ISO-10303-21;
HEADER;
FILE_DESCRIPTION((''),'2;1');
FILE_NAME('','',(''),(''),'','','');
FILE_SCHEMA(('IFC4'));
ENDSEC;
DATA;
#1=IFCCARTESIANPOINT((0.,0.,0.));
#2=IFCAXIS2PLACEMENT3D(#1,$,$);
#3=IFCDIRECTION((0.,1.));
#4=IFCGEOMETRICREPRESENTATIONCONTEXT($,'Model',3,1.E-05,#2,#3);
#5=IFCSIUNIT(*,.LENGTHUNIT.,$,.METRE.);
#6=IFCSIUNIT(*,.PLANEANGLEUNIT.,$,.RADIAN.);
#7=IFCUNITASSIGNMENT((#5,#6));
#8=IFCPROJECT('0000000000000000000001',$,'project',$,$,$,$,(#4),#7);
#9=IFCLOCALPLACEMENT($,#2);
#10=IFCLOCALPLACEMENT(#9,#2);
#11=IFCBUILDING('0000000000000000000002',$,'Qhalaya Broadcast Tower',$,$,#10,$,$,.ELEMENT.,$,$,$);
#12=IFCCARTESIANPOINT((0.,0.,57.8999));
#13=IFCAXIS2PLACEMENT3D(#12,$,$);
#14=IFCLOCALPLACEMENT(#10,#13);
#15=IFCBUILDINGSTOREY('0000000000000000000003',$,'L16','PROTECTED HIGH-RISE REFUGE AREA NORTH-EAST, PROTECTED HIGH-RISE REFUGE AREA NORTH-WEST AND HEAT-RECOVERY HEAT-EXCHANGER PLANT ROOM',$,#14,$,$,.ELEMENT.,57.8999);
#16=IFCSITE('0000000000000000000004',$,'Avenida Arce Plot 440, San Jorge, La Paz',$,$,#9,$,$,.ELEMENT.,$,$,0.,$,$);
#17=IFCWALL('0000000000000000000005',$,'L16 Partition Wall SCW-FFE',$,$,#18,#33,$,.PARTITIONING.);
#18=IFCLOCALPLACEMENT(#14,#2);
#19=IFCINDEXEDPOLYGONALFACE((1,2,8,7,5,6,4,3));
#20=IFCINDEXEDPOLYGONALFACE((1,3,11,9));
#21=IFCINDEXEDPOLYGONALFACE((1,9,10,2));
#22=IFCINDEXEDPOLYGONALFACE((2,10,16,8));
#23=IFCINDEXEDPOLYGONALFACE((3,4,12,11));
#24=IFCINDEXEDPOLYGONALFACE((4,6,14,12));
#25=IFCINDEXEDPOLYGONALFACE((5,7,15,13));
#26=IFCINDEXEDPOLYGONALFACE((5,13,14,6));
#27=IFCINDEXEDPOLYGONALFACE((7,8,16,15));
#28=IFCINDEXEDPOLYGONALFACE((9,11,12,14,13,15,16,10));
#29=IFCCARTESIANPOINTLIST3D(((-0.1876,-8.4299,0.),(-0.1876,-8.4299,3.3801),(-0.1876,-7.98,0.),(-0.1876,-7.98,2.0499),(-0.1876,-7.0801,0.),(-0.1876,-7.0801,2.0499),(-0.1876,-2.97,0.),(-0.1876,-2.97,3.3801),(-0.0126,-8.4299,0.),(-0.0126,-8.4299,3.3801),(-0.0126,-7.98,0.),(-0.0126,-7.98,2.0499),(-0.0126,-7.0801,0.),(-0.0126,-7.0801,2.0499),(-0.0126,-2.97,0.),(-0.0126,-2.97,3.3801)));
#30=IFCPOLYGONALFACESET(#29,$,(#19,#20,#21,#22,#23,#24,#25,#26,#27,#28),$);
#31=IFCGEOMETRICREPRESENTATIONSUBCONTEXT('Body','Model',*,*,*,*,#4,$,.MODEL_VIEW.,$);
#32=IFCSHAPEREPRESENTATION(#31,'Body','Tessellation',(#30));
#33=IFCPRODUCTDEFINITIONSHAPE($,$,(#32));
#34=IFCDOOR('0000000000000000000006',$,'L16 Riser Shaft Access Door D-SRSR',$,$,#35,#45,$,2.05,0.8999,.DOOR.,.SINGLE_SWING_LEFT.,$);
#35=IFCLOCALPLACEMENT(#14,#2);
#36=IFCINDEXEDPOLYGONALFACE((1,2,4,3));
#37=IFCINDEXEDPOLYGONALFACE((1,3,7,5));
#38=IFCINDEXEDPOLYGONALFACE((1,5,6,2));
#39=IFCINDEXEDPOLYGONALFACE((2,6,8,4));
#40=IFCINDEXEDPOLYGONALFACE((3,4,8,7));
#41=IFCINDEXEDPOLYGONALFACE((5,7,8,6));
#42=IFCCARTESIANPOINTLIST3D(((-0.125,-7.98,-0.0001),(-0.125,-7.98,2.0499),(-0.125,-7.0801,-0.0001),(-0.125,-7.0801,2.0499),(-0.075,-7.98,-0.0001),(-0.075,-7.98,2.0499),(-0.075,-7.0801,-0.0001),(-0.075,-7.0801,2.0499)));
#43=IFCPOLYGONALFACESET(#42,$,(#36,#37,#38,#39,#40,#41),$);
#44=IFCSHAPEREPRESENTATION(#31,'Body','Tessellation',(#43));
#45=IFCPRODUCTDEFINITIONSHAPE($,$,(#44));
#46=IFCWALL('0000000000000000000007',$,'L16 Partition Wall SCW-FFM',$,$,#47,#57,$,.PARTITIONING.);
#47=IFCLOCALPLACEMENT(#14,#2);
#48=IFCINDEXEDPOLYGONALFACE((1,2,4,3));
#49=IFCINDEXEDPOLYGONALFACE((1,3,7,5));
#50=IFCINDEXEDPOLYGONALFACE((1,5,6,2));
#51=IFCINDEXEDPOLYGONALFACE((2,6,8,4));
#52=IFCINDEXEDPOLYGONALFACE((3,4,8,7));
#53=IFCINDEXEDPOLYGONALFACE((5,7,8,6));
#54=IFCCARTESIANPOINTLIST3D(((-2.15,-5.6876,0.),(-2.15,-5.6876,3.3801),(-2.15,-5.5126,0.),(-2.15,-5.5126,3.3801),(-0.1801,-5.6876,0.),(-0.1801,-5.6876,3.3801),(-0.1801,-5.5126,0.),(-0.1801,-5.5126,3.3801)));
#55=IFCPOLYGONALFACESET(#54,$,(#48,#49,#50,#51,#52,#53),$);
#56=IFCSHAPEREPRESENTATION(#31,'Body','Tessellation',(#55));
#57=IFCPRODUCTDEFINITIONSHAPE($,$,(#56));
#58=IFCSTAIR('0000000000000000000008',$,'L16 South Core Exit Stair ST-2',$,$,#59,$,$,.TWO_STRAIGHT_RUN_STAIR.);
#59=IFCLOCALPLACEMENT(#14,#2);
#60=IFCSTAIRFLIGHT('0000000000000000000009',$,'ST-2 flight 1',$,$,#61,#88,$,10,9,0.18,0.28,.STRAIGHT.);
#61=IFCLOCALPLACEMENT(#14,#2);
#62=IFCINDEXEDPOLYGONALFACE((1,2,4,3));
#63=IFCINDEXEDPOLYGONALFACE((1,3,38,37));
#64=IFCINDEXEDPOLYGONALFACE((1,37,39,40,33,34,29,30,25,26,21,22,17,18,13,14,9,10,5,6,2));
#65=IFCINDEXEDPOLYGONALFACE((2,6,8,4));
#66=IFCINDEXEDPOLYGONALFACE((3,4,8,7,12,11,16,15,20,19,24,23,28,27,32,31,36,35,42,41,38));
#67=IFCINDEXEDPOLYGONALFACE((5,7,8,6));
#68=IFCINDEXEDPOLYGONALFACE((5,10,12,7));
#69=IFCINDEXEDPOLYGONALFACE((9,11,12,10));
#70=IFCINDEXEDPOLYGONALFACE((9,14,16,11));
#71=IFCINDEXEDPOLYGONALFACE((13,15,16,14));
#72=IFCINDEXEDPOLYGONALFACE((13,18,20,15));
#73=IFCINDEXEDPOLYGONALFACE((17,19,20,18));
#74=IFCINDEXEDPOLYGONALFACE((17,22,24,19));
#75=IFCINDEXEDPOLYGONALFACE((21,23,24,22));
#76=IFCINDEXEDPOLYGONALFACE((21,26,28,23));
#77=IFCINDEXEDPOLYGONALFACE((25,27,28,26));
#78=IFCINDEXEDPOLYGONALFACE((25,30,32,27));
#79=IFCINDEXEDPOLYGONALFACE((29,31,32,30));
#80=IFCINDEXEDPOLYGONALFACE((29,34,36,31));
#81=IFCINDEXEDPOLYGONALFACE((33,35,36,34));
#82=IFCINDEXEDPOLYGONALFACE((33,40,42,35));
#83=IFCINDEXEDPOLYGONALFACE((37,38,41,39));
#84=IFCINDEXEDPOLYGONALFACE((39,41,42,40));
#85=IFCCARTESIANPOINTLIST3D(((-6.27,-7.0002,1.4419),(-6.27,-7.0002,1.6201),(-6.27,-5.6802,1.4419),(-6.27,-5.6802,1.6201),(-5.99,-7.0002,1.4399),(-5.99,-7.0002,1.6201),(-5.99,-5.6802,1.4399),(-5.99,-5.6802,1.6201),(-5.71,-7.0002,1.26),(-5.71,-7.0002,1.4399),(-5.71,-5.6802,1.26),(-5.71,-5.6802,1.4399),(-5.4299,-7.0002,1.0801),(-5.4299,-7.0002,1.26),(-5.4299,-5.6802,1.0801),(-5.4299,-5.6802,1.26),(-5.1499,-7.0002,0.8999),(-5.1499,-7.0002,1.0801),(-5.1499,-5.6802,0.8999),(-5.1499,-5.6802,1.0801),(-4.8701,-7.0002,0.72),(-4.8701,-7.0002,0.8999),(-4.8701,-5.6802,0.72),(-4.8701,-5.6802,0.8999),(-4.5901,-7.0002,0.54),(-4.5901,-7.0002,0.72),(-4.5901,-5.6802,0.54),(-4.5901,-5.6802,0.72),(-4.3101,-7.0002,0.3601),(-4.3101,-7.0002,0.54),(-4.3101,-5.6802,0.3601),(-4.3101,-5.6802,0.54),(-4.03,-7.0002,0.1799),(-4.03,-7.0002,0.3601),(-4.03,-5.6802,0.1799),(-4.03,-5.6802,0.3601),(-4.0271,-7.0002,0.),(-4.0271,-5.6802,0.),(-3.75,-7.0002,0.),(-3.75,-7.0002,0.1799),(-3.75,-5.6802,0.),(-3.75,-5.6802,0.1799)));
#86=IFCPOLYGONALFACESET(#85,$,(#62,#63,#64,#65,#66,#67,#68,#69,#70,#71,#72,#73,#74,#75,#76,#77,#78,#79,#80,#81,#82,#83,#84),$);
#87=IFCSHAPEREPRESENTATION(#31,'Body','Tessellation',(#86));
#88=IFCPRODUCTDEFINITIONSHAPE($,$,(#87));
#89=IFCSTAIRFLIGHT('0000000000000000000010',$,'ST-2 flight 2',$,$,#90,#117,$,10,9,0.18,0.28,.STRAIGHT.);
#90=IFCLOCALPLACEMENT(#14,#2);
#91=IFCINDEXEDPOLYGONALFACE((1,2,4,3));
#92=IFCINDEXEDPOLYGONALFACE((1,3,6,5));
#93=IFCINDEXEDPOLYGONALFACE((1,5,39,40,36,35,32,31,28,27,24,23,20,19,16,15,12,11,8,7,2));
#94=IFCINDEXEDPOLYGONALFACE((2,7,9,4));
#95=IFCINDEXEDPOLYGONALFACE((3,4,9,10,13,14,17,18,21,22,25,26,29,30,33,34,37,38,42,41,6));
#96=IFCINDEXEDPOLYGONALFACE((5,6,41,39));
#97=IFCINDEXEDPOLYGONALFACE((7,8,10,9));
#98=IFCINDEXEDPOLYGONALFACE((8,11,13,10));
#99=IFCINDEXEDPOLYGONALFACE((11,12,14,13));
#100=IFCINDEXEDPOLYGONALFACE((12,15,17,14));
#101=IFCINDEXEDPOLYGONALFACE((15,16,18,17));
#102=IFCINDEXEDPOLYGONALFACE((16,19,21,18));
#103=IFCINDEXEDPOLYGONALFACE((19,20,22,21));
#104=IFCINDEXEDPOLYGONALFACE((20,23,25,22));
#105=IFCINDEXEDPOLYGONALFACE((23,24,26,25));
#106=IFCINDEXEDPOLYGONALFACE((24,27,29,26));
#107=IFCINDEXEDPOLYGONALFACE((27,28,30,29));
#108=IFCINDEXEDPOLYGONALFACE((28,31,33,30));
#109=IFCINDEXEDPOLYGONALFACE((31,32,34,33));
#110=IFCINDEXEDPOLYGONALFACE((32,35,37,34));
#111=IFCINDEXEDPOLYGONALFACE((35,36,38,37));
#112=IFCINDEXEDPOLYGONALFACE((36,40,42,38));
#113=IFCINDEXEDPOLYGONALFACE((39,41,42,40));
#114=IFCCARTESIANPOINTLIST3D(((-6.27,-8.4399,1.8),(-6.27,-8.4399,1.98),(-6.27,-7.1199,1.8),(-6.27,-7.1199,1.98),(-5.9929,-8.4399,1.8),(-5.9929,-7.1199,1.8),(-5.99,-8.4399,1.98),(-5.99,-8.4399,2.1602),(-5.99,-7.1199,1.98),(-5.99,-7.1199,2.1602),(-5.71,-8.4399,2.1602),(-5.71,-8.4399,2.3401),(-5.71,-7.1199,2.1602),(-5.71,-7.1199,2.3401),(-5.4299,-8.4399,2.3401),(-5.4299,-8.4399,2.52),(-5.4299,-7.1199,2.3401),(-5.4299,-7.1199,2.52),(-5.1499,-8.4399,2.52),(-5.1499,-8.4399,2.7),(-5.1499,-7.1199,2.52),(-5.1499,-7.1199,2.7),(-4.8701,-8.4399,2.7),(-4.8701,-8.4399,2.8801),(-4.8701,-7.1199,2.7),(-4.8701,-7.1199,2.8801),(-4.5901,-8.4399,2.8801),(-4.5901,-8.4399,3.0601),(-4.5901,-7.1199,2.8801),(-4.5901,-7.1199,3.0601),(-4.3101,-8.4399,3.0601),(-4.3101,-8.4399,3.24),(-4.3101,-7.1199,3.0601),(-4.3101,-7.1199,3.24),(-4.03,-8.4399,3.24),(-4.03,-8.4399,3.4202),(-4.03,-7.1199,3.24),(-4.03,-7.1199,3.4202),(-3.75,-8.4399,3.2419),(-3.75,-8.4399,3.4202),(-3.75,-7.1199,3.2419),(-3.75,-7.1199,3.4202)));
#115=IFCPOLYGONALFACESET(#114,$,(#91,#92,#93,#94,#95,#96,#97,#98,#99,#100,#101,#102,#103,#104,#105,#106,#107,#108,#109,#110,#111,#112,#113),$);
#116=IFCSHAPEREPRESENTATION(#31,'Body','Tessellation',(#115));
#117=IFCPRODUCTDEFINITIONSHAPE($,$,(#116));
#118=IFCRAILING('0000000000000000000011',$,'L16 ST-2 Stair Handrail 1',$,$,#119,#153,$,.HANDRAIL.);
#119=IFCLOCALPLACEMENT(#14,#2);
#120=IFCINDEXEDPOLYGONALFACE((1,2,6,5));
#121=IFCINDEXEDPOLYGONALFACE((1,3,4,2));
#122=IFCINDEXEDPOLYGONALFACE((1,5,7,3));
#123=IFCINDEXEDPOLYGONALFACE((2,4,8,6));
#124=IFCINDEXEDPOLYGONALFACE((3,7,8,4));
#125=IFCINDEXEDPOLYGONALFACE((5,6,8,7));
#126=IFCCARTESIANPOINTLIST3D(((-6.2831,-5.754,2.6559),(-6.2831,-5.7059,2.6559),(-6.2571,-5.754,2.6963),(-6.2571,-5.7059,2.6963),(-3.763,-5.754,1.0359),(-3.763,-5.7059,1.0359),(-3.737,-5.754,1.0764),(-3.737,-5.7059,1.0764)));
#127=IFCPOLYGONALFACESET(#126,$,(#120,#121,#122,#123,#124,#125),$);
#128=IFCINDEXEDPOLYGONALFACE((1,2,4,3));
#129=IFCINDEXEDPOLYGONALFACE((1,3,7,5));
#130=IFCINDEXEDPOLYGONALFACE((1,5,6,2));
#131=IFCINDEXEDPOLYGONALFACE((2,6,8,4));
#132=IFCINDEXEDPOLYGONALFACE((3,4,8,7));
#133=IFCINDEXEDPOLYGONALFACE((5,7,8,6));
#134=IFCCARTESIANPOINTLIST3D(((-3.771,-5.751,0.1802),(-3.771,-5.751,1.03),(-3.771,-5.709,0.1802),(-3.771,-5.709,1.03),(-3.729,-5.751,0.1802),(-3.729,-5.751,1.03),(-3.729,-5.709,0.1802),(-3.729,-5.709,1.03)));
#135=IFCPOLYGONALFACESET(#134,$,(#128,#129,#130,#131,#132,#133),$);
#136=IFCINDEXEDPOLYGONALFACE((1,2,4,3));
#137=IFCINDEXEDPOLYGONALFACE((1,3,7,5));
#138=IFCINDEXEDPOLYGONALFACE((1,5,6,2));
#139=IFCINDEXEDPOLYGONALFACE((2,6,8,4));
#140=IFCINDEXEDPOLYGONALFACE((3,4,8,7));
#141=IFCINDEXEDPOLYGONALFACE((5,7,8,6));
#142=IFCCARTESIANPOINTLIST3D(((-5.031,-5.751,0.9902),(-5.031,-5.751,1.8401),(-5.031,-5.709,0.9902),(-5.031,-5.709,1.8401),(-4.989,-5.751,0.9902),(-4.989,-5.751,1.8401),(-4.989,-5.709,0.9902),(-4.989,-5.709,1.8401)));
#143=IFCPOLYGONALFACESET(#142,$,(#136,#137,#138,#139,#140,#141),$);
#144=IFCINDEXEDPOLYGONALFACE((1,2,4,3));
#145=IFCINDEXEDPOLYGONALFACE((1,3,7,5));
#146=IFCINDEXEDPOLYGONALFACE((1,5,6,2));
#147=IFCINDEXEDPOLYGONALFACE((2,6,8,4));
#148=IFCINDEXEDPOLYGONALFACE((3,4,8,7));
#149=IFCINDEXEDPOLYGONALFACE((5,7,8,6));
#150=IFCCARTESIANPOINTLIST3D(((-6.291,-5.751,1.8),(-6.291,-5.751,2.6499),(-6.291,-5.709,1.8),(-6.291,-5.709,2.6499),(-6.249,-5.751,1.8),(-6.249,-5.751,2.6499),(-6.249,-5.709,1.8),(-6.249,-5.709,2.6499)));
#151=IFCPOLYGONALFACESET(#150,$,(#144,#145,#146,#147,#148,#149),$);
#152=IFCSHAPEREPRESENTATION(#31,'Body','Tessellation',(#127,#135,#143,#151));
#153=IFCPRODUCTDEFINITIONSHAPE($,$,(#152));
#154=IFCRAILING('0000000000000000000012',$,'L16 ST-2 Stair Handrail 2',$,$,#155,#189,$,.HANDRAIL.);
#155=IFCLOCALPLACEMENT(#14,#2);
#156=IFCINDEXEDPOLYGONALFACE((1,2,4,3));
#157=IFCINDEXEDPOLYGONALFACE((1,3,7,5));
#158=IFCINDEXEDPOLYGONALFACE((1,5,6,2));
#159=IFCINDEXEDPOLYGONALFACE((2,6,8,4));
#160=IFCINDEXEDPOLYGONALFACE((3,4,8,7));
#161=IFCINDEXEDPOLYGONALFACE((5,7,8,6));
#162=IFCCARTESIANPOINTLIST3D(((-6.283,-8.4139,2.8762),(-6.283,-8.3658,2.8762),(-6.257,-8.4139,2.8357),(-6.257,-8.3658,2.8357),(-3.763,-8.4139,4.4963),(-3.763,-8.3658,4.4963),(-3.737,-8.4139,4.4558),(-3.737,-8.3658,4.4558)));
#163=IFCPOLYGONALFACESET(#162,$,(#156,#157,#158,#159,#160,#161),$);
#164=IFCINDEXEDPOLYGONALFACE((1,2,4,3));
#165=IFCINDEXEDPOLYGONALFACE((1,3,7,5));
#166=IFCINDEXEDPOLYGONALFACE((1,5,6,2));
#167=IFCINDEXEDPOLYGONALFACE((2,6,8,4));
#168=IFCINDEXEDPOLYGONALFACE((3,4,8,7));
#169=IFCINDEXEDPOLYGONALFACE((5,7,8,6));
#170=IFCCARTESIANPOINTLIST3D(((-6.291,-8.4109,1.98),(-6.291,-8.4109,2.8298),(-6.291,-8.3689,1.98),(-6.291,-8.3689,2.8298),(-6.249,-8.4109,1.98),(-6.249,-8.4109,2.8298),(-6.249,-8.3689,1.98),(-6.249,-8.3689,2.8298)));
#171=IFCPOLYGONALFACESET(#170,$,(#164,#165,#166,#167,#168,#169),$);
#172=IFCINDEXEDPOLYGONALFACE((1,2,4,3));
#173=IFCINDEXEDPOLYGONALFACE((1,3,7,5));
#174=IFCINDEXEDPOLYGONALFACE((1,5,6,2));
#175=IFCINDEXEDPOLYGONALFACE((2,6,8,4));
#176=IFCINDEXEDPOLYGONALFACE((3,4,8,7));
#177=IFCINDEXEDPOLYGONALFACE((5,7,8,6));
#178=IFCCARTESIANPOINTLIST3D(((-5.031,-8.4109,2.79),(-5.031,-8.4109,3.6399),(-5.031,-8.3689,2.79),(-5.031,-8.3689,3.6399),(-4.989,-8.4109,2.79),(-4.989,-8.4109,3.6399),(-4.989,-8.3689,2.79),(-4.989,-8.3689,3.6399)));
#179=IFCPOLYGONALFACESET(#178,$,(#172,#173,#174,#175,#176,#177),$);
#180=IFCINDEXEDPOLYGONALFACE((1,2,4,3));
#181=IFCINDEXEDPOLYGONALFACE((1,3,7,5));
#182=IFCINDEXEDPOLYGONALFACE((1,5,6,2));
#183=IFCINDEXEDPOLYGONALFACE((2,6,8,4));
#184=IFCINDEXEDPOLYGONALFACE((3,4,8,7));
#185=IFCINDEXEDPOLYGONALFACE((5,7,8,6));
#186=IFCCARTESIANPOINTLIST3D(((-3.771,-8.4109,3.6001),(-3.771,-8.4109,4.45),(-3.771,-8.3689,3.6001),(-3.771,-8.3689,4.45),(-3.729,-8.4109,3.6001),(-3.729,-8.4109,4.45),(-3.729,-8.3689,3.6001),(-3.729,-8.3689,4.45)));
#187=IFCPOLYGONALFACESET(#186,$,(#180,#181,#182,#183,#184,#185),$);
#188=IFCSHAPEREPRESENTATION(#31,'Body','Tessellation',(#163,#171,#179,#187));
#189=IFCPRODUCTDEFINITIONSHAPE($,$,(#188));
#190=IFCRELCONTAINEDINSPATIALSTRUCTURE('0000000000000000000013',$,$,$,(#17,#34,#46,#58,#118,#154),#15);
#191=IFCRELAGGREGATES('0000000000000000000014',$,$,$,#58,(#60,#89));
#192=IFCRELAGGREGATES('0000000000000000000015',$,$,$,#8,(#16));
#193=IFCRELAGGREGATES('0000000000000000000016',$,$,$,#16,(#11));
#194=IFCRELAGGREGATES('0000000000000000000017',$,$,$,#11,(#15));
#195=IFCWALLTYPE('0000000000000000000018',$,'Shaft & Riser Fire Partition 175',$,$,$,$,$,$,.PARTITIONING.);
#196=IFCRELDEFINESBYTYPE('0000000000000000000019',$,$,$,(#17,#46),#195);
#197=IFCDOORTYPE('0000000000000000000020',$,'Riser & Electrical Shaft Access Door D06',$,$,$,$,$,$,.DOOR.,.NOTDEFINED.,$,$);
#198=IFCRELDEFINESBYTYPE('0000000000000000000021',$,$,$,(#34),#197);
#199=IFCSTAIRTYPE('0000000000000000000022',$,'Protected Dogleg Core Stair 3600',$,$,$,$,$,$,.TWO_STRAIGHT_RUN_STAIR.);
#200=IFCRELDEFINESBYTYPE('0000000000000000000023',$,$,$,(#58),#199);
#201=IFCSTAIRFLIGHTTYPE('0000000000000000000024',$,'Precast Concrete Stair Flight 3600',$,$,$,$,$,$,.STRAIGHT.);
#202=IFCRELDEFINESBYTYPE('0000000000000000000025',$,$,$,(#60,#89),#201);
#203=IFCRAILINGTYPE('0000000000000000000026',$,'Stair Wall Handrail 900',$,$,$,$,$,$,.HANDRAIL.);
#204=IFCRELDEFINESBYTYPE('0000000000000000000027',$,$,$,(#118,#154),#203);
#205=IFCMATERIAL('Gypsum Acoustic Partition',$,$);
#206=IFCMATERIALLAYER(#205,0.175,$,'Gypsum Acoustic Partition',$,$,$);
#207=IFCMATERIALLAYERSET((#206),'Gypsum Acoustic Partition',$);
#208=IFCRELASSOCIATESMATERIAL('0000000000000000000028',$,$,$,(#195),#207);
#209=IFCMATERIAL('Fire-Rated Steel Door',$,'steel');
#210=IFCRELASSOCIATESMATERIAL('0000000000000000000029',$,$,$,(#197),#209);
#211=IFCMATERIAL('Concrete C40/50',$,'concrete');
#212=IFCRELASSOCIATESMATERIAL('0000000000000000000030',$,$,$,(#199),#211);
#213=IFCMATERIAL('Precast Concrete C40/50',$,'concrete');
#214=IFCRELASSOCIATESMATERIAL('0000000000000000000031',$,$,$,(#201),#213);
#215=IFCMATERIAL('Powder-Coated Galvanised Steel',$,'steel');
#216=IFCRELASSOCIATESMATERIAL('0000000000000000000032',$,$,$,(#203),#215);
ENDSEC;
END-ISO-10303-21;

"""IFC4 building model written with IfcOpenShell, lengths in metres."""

from ifc_helpers import new_model, si_unit, direction, frame, frame_2d, origin, origin_2d, place, context, subcontext, project, spatial, polyline, rectangle, outline, extrude, material, layer, layer_set, type_object, element, fill, aggregate, save


model = new_model("IFC4")

# Units and contexts
model_context = context("Model", 3, precision=1e-05, world=origin(), true_north=direction((0.0, 1.0)))
body_context = subcontext(model_context, "Body", "Model", "MODEL_VIEW")
ifc_project = project(units=[si_unit("LENGTHUNIT", "METRE"), si_unit("PLANEANGLEUNIT", "RADIAN")], contexts=[model_context])

# Site, building, storey
site_placement = place(None, origin())
site = spatial("IfcSite", under=ifc_project, at=site_placement, Name="Avenida Arce Plot 440, San Jorge, La Paz", CompositionType="ELEMENT", RefElevation=0.0)
building_placement = place(site_placement, origin())
building = spatial("IfcBuilding", under=site, at=building_placement, Name="Qhalaya Broadcast Tower", CompositionType="ELEMENT")
storey_placement = place(building_placement, frame((0.0, 0.0, 57.8999)))
storey = spatial("IfcBuildingStorey", under=building, at=storey_placement, Name="L16", Description="PROTECTED HIGH-RISE REFUGE AREA NORTH-EAST, PROTECTED HIGH-RISE REFUGE AREA NORTH-WEST AND HEAT-RECOVERY HEAT-EXCHANGER PLANT ROOM", CompositionType="ELEMENT", Elevation=57.8999)

# Shared definitions
ifc_material_1 = material(Name="Gypsum Acoustic Partition")
ifc_material_2 = material(Name="Fire-Rated Steel Door", Category="steel")

# Wall, opening, door
ifc_layer_1 = layer(ifc_material_1, 0.175, Name="Gypsum Acoustic Partition")
ifc_layer_set_1 = layer_set([ifc_layer_1], Name="Gypsum Acoustic Partition")
wall_type_1 = type_object("IfcWallType", Name="Shaft & Riser Fire Partition 175", PredefinedType="PARTITIONING", material=ifc_layer_set_1)
wall_1_placement = place(storey_placement, frame((-0.1001, -8.4299, 0.0), z_axis=(0.0, 0.0, 1.0), x_axis=(0.0, 1.0, 0.0)))
wall_1 = element("IfcWall", 1, at=wall_1_placement, inside=storey, type_object=wall_type_1, Name="L16 Partition Wall SCW-FFE", PredefinedType="PARTITIONING", context=body_context, shape_type="SweptSolid", body=[
    extrude(rectangle(XDim=5.46, YDim=0.175, at=frame_2d((2.73, 0.0))), origin(), (0.0, 0.0, 1.0), 3.3801),
])
opening_1_placement = place(wall_1_placement, frame((0.45, 0.0, 0.0)))
opening_1 = element("IfcOpeningElement", 2, at=opening_1_placement, cuts=wall_1, PredefinedType="OPENING", context=body_context, shape_type="SweptSolid", body=[
    extrude(rectangle(XDim=0.8999, YDim=2.05, at=frame_2d((0.45, 1.0249))), frame((0.0, 0.0996, 0.0), z_axis=(0.0, -1.0, 0.0), x_axis=(1.0, 0.0, 0.0)), (0.0, 0.0, 1.0), 0.199),
])
door_type_1 = type_object("IfcDoorType", Name="Riser & Electrical Shaft Access Door D06", OperationType="NOTDEFINED", PredefinedType="DOOR", material=ifc_material_2)
door_1_placement = place(opening_1_placement, origin())
door_1 = element("IfcDoor", 3, at=door_1_placement, inside=storey, type_object=door_type_1, Name="L16 Riser Shaft Access Door D-SRSR", OperationType="SINGLE_SWING_LEFT", OverallHeight=2.05, OverallWidth=0.8999, PredefinedType="DOOR", context=body_context, shape_type="SweptSolid", body=[
    extrude(rectangle(XDim=0.8999, YDim=2.05, at=frame_2d((0.45, 1.0249))), frame((0.0, 0.0249, 0.0), z_axis=(0.0, -1.0, 0.0), x_axis=(1.0, 0.0, 0.0)), (0.0, 0.0, 1.0), 0.05),
])
fill(opening_1, door_1)

# Wall
wall_2_placement = place(storey_placement, frame((-2.1499, -5.6001, 0.0), z_axis=(0.0, 0.0, 1.0), x_axis=(1.0, 0.0, 0.0)))
element("IfcWall", 4, at=wall_2_placement, inside=storey, type_object=wall_type_1, Name="L16 Partition Wall SCW-FFM", PredefinedType="PARTITIONING", context=body_context, shape_type="SweptSolid", body=[
    extrude(rectangle(XDim=1.97, YDim=0.175, at=frame_2d((0.9849, 0.0))), origin(), (0.0, 0.0, 1.0), 3.3801),
])

# Stair, stair flights
ifc_material_3 = material(Name="Concrete C40/50", Category="concrete")
stair_type = type_object("IfcStairType", Name="Protected Dogleg Core Stair 3600", PredefinedType="TWO_STRAIGHT_RUN_STAIR", material=ifc_material_3)
stair_placement = place(storey_placement, origin())
stair = element("IfcStair", 5, at=stair_placement, inside=storey, type_object=stair_type, Name="L16 South Core Exit Stair ST-2", PredefinedType="TWO_STRAIGHT_RUN_STAIR")
ifc_material_4 = material(Name="Precast Concrete C40/50", Category="concrete")
stair_flight_type = type_object("IfcStairFlightType", Name="Precast Concrete Stair Flight 3600", PredefinedType="STRAIGHT", material=ifc_material_4)
stair_flight_1_placement = place(storey_placement, frame((-3.75, -6.3401, 0.0), z_axis=(0.0, 0.0, 1.0), x_axis=(-1.0, 0.0, 0.0)))
stair_flight_1 = element("IfcStairFlight", 6, at=stair_flight_1_placement, type_object=stair_flight_type, Name="ST-2 flight 1", NumberOfRisers=10, NumberOfTreads=9, PredefinedType="STRAIGHT", RiserHeight=0.18, TreadLength=0.28, context=body_context, shape_type="SweptSolid", body=[
    extrude(outline(polyline([(0.0, 0.0), (0.0, 0.1799), (0.28, 0.1799), (0.28, 0.3601), (0.5601, 0.3601), (0.5601, 0.54), (0.8401, 0.54), (0.8401, 0.72), (1.1201, 0.72), (1.1201, 0.8999), (1.3999, 0.8999), (1.3999, 1.0801), (1.6799, 1.0801), (1.6799, 1.26), (1.96, 1.26), (1.96, 1.4399), (2.24, 1.4399), (2.24, 1.6201), (2.52, 1.6201), (2.52, 1.8), (2.52, 1.4419), (0.2771, 0.0), (0.0, 0.0)])), frame((0.0, 0.6602, 0.0), z_axis=(0.0, -1.0, 0.0), x_axis=(1.0, 0.0, 0.0)), (0.0, 0.0, 1.0), 1.3201),
])
stair_flight_2_placement = place(storey_placement, frame((-6.27, -7.78, 1.8), z_axis=(0.0, 0.0, 1.0), x_axis=(1.0, 0.0, 0.0)))
stair_flight_2 = element("IfcStairFlight", 7, at=stair_flight_2_placement, type_object=stair_flight_type, Name="ST-2 flight 2", NumberOfRisers=10, NumberOfTreads=9, PredefinedType="STRAIGHT", RiserHeight=0.18, TreadLength=0.28, context=body_context, shape_type="SweptSolid", body=[
    extrude(outline(polyline([(0.0, 0.0), (0.0, 0.1799), (0.28, 0.1799), (0.28, 0.3601), (0.5601, 0.3601), (0.5601, 0.54), (0.8401, 0.54), (0.8401, 0.72), (1.1201, 0.72), (1.1201, 0.8999), (1.3999, 0.8999), (1.3999, 1.0801), (1.6799, 1.0801), (1.6799, 1.26), (1.96, 1.26), (1.96, 1.4399), (2.24, 1.4399), (2.24, 1.6201), (2.52, 1.6201), (2.52, 1.8), (2.52, 1.4419), (0.2771, 0.0), (0.0, 0.0)])), frame((0.0, 0.6602, 0.0), z_axis=(0.0, -1.0, 0.0), x_axis=(1.0, 0.0, 0.0)), (0.0, 0.0, 1.0), 1.3201),
])
aggregate(stair, [stair_flight_1, stair_flight_2])

# Railings
ifc_material_5 = material(Name="Powder-Coated Galvanised Steel", Category="steel")
railing_type_1 = type_object("IfcRailingType", Name="Stair Wall Handrail 900", PredefinedType="HANDRAIL", material=ifc_material_5)
railing_1_placement = place(storey_placement, frame((-3.75, -5.73, 0.1802)))
element("IfcRailing", 8, at=railing_1_placement, inside=storey, type_object=railing_type_1, Name="L16 ST-2 Stair Handrail 1", PredefinedType="HANDRAIL", context=body_context, shape_type="SweptSolid", body=[
    extrude(rectangle(XDim=0.0481, YDim=0.0481, at=origin_2d()), frame((0.0, 0.0, 0.876), z_axis=(-0.8412, 0.0, 0.540725), x_axis=(0.0, -1.0, 0.0)), (0.0, 0.0, 1.0), 2.9958),
    extrude(rectangle(XDim=0.042, YDim=0.042, at=origin_2d()), origin(), (0.0, 0.0, 1.0), 0.8499),
    extrude(rectangle(XDim=0.042, YDim=0.042, at=origin_2d()), frame((-1.26, 0.0, 0.8101)), (0.0, 0.0, 1.0), 0.8499),
    extrude(rectangle(XDim=0.042, YDim=0.042, at=origin_2d()), frame((-2.52, 0.0, 1.6199)), (0.0, 0.0, 1.0), 0.8499),
])
railing_2_placement = place(storey_placement, frame((-6.27, -8.3899, 1.98)))
element("IfcRailing", 9, at=railing_2_placement, inside=storey, type_object=railing_type_1, Name="L16 ST-2 Stair Handrail 2", PredefinedType="HANDRAIL", context=body_context, shape_type="SweptSolid", body=[
    extrude(rectangle(XDim=0.0481, YDim=0.0481, at=origin_2d()), frame((0.0, 0.0, 0.876), z_axis=(0.841163, 0.0, 0.540782), x_axis=(0.0, 1.0, 0.0)), (0.0, 0.0, 1.0), 2.9958),
    extrude(rectangle(XDim=0.042, YDim=0.042, at=origin_2d()), origin(), (0.0, 0.0, 1.0), 0.8499),
    extrude(rectangle(XDim=0.042, YDim=0.042, at=origin_2d()), frame((1.26, 0.0, 0.8101)), (0.0, 0.0, 1.0), 0.8499),
    extrude(rectangle(XDim=0.042, YDim=0.042, at=origin_2d()), frame((2.52, 0.0, 1.6201)), (0.0, 0.0, 1.0), 0.8499),
])

save(model, "model.ifc")
